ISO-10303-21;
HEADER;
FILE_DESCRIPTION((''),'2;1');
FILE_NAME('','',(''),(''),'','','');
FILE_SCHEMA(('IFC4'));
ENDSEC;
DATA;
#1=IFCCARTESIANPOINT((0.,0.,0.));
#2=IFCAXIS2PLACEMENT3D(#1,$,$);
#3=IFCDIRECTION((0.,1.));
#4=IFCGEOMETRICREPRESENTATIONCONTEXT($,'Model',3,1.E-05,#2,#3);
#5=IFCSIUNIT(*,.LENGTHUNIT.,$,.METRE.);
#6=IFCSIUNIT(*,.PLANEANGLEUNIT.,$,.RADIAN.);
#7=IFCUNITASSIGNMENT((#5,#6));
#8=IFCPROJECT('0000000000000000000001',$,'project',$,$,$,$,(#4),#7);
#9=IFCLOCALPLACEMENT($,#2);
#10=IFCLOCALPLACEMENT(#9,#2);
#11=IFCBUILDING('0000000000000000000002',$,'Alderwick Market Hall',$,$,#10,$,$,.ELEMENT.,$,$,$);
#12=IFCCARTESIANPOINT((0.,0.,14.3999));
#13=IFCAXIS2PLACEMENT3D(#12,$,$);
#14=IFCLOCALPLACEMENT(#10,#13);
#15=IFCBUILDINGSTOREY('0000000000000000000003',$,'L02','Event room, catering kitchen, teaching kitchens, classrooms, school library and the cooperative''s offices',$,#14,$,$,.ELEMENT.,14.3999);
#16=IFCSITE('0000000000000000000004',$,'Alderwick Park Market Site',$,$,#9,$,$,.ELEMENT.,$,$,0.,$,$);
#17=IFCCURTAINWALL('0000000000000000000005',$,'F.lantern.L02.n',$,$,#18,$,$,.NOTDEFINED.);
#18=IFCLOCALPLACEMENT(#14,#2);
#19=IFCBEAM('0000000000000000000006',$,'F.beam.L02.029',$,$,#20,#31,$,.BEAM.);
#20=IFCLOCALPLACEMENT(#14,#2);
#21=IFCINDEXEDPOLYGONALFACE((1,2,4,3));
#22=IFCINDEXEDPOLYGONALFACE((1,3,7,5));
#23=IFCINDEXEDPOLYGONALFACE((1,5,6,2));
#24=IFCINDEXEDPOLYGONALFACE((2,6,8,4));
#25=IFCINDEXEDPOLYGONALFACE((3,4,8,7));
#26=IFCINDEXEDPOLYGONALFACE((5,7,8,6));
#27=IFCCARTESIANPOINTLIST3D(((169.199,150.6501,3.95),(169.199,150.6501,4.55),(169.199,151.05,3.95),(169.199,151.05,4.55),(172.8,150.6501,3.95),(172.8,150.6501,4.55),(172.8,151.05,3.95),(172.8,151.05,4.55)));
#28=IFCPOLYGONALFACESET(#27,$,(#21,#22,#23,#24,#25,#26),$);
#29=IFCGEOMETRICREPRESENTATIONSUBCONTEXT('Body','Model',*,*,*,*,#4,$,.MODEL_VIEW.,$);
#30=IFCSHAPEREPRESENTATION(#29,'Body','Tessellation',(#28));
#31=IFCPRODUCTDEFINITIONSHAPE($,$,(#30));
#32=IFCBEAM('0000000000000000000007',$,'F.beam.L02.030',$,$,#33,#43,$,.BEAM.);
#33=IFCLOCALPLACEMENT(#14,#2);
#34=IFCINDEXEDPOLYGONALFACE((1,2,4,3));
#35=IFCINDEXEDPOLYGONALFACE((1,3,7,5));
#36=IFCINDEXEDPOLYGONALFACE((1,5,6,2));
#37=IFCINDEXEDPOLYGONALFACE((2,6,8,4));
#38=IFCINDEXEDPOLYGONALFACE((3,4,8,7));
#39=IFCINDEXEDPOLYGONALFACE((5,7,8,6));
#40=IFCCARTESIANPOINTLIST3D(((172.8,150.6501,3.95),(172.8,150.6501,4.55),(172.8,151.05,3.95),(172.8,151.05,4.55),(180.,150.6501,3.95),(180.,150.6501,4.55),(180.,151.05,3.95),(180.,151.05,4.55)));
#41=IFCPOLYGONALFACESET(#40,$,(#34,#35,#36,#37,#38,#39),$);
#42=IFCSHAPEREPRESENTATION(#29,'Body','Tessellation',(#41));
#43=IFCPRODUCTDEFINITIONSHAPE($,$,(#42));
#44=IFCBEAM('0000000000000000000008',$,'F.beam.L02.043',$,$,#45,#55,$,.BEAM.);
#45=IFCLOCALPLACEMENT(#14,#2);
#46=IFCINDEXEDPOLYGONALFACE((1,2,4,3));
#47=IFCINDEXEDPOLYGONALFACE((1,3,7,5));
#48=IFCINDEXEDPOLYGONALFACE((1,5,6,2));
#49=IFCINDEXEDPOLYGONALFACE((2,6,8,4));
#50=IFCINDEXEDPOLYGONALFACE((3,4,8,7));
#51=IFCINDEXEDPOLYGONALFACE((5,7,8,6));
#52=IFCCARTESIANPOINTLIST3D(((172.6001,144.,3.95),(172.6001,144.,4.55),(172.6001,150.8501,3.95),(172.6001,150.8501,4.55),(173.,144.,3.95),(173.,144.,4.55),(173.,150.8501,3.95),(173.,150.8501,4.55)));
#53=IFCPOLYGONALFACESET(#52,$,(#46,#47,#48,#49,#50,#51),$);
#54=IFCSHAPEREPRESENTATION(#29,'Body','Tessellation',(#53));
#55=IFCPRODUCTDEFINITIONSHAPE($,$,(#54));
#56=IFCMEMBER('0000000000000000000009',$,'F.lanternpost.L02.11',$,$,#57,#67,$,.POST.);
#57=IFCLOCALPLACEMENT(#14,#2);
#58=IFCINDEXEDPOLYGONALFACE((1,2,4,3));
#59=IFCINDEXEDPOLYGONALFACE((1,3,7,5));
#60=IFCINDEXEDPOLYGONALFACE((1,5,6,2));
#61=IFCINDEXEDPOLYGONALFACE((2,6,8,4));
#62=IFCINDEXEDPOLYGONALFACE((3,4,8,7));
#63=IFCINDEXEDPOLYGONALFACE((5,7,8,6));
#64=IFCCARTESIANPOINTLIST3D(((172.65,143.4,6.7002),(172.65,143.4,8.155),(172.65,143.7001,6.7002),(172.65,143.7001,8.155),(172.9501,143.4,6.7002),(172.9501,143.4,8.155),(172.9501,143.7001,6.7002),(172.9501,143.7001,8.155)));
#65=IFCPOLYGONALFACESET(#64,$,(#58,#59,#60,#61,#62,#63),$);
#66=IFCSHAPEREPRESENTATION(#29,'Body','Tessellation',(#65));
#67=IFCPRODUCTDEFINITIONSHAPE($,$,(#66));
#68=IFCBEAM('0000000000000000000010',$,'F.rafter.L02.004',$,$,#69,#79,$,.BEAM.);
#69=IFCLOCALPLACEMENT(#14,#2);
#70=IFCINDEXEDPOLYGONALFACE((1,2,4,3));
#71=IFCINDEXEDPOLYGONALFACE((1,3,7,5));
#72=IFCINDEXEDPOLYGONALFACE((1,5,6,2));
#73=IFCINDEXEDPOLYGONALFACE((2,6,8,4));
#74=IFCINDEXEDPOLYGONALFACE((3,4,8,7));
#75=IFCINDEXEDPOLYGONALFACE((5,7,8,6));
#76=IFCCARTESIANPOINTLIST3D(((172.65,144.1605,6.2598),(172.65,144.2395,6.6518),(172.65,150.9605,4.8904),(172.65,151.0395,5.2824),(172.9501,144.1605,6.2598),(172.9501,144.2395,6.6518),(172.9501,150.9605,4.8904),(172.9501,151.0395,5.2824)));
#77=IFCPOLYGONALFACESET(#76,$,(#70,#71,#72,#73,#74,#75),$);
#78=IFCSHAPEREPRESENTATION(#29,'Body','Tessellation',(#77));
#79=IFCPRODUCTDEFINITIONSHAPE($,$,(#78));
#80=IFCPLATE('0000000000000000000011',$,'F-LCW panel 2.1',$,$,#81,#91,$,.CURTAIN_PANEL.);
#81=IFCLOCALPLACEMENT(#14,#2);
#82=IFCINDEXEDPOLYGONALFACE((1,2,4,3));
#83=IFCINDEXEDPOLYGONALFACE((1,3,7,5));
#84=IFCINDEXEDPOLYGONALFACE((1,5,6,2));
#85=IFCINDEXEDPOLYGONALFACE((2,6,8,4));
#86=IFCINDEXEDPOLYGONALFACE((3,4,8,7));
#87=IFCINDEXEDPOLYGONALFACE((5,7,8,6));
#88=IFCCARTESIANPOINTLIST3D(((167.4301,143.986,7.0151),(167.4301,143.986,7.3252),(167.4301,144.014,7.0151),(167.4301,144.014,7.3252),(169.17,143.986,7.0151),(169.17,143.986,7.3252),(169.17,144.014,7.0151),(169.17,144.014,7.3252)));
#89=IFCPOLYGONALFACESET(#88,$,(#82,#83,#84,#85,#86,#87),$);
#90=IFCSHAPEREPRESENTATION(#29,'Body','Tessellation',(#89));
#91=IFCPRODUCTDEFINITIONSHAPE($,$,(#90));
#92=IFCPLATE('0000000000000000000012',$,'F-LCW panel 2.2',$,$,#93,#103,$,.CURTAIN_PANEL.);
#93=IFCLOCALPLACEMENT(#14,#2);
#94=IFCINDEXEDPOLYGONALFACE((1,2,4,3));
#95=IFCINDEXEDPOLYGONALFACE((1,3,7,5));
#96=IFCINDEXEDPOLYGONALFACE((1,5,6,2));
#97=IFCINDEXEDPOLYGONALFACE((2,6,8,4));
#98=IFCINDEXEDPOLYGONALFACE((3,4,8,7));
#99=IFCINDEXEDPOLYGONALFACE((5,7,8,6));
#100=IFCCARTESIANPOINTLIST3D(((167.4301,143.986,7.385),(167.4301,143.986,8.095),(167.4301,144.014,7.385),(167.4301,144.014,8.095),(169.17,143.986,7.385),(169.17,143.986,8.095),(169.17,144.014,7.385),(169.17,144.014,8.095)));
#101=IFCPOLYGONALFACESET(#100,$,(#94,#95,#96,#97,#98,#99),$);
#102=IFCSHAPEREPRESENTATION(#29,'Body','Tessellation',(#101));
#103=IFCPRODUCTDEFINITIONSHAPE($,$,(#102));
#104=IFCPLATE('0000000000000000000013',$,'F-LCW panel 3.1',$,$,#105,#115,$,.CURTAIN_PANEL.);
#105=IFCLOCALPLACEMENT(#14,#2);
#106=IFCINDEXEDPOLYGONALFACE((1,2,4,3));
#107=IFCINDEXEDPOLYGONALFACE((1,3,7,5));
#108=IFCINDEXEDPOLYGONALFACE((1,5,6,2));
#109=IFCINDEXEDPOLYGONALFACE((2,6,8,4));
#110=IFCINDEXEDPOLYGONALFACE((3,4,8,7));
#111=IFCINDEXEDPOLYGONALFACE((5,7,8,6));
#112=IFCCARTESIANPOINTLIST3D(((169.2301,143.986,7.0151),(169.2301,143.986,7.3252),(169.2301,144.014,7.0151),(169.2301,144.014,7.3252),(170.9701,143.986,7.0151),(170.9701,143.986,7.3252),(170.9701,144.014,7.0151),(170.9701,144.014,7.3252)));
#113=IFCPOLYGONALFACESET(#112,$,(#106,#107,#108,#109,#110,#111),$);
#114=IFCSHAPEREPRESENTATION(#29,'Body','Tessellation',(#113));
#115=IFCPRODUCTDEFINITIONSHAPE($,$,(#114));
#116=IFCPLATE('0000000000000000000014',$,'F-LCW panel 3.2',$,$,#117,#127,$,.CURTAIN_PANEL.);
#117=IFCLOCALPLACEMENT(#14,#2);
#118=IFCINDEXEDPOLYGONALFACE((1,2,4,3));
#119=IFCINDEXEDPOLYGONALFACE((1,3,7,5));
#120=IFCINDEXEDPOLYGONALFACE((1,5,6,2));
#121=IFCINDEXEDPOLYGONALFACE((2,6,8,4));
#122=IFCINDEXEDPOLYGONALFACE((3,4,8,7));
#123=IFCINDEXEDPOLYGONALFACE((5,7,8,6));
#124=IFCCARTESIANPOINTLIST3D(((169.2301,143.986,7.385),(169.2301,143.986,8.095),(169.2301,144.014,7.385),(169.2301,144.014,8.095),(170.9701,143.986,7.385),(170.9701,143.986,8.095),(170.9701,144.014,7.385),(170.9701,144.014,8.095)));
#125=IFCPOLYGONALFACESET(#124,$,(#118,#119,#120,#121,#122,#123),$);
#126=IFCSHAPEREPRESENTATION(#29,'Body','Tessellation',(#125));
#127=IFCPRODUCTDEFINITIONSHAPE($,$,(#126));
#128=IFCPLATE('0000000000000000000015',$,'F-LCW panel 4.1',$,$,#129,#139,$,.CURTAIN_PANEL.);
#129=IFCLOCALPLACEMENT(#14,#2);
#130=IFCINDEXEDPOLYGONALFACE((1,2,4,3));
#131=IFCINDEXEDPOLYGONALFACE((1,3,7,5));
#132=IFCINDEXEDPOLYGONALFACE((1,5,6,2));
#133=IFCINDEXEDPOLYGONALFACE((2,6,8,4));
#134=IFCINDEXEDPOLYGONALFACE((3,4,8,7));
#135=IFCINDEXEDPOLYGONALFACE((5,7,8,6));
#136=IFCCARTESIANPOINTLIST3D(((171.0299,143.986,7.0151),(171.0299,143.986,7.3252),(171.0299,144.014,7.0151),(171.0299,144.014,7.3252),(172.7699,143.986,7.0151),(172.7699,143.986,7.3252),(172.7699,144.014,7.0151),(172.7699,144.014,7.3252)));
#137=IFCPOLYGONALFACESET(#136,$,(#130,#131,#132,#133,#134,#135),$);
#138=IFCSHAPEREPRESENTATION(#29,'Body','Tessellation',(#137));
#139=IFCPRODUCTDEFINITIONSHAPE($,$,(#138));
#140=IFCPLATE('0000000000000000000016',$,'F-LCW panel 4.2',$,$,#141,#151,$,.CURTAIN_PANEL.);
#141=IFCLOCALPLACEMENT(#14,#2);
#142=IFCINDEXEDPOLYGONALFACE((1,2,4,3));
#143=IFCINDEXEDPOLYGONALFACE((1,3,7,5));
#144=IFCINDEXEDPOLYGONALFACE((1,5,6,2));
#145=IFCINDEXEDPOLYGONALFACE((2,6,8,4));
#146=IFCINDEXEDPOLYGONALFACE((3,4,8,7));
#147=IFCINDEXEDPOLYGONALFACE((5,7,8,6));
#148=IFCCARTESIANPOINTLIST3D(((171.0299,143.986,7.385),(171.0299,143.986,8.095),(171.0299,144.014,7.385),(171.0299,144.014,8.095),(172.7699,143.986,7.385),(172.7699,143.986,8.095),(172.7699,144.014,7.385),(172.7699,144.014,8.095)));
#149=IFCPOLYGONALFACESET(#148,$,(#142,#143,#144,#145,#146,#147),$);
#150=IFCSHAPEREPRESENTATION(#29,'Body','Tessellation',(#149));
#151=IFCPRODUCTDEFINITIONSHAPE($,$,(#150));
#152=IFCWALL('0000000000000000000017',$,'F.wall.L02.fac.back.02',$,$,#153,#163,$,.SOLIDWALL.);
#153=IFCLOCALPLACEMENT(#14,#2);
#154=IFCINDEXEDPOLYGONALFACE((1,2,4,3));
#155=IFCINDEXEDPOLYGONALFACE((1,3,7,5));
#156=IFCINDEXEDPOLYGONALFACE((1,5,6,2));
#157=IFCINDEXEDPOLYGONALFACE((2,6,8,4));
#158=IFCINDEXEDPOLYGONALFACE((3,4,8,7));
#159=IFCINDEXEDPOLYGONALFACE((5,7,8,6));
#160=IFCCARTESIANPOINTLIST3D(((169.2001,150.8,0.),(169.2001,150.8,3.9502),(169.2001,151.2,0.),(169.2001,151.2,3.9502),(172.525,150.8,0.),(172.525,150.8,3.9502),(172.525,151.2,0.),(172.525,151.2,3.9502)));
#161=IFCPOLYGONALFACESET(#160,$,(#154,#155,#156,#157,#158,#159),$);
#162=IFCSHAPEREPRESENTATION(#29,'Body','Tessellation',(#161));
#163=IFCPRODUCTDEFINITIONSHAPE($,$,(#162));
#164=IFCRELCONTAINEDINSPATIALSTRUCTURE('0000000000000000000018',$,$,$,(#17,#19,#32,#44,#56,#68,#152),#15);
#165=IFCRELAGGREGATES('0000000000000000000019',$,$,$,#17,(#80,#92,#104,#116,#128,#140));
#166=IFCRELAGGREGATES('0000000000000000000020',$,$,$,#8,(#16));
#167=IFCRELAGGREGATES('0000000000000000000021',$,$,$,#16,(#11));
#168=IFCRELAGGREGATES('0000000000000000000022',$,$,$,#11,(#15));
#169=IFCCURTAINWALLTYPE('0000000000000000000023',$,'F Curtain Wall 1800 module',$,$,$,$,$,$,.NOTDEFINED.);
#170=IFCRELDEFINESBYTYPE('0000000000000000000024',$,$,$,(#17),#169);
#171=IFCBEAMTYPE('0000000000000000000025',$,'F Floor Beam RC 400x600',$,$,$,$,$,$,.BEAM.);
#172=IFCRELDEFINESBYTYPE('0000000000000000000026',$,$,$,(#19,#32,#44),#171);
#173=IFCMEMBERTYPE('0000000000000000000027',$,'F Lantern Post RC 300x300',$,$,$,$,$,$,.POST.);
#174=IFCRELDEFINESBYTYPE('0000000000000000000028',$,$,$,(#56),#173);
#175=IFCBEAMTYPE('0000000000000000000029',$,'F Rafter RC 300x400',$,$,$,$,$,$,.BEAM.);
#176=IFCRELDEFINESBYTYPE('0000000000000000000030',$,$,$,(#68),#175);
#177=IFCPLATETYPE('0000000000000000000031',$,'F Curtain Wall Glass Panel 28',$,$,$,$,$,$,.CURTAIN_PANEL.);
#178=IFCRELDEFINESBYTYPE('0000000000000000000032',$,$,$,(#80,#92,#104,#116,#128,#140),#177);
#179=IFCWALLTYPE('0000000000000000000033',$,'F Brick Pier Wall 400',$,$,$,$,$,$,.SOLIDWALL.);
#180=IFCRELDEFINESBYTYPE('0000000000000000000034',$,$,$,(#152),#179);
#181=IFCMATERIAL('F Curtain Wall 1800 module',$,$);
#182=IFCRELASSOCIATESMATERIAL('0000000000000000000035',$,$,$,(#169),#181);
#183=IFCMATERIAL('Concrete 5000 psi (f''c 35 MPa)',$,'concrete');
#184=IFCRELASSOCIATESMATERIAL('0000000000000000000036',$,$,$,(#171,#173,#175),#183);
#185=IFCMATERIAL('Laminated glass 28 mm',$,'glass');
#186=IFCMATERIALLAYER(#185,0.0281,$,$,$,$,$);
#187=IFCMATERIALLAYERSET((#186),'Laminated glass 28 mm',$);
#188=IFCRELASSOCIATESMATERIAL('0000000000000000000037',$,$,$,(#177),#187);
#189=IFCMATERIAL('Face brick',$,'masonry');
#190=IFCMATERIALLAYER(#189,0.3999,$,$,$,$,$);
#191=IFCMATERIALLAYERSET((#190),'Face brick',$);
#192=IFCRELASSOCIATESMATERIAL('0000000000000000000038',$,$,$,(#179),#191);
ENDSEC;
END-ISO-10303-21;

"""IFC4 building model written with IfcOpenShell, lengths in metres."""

from ifc_helpers import new_model, si_unit, direction, frame, frame_2d, origin, origin_2d, place, context, subcontext, project, spatial, rectangle, extrude, material, layer, layer_set, material_profile, profile_set, type_object, element, aggregate, save


model = new_model("IFC4")

# Units and contexts
model_context = context("Model", 3, precision=1e-05, world=origin(), true_north=direction((0.0, 1.0)))
body_context = subcontext(model_context, "Body", "Model", "MODEL_VIEW")
ifc_project = project(units=[si_unit("LENGTHUNIT", "METRE"), si_unit("PLANEANGLEUNIT", "RADIAN")], contexts=[model_context])

# Site, building, storey
site_placement = place(None, origin())
site = spatial("IfcSite", under=ifc_project, at=site_placement, Name="Alderwick Park Market Site", CompositionType="ELEMENT", RefElevation=0.0)
building_placement = place(site_placement, origin())
building = spatial("IfcBuilding", under=site, at=building_placement, Name="Alderwick Market Hall", CompositionType="ELEMENT")
storey_placement = place(building_placement, frame((0.0, 0.0, 14.3999)))
storey = spatial("IfcBuildingStorey", under=building, at=storey_placement, Name="L02", Description="Event room, catering kitchen, teaching kitchens, classrooms, school library and the cooperative's offices", CompositionType="ELEMENT", Elevation=14.3999)

# Shared definitions
ifc_material_1 = material(Name="Concrete 5000 psi (f'c 35 MPa)", Category="concrete")

# Curtain wall
ifc_material_2 = material(Name="F Curtain Wall 1800 module")
curtain_wall_type = type_object("IfcCurtainWallType", Name="F Curtain Wall 1800 module", PredefinedType="NOTDEFINED", material=ifc_material_2)
curtain_wall_placement = place(storey_placement, origin())
curtain_wall = element("IfcCurtainWall", 1, at=curtain_wall_placement, inside=storey, type_object=curtain_wall_type, Name="F.lantern.L02.n", PredefinedType="NOTDEFINED")

# Beams
ifc_material_profile_1 = material_profile(ifc_material_1, rectangle(XDim=0.3999, YDim=0.6001, at=origin_2d()), Name="RC 400x600")
ifc_profile_set_1 = profile_set([ifc_material_profile_1], Name="Concrete 5000 psi (f'c 35 MPa)")
beam_type_1 = type_object("IfcBeamType", Name="F Floor Beam RC 400x600", PredefinedType="BEAM", material=ifc_profile_set_1)
beam_1_placement = place(storey_placement, frame((169.199, 150.8501, 4.25), z_axis=(1.0, 0.0, 0.0), x_axis=(0.0, 1.0, 0.0)))
element("IfcBeam", 2, at=beam_1_placement, inside=storey, type_object=beam_type_1, Name="F.beam.L02.029", PredefinedType="BEAM", context=body_context, shape_type="SweptSolid", body=[
    extrude(rectangle(XDim=0.3999, YDim=0.6001, at=origin_2d()), origin(), (0.0, 0.0, 1.0), 3.6011),
])
beam_2_placement = place(storey_placement, frame((172.8, 150.8501, 4.25), z_axis=(1.0, 0.0, 0.0), x_axis=(0.0, 1.0, 0.0)))
element("IfcBeam", 3, at=beam_2_placement, inside=storey, type_object=beam_type_1, Name="F.beam.L02.030", PredefinedType="BEAM", context=body_context, shape_type="SweptSolid", body=[
    extrude(rectangle(XDim=0.3999, YDim=0.6001, at=origin_2d()), origin(), (0.0, 0.0, 1.0), 7.2),
])
beam_3_placement = place(storey_placement, frame((172.8, 144.0, 4.25), z_axis=(0.0, 1.0, 0.0), x_axis=(-1.0, 0.0, 0.0)))
element("IfcBeam", 4, at=beam_3_placement, inside=storey, type_object=beam_type_1, Name="F.beam.L02.043", PredefinedType="BEAM", context=body_context, shape_type="SweptSolid", body=[
    extrude(rectangle(XDim=0.3999, YDim=0.6001, at=origin_2d()), origin(), (0.0, 0.0, 1.0), 6.8501),
])

# Member
ifc_material_profile_2 = material_profile(ifc_material_1, rectangle(XDim=0.3, YDim=0.3, at=origin_2d()), Name="RC 300x300")
ifc_profile_set_2 = profile_set([ifc_material_profile_2], Name="Concrete 5000 psi (f'c 35 MPa)")
member_type_1 = type_object("IfcMemberType", Name="F Lantern Post RC 300x300", PredefinedType="POST", material=ifc_profile_set_2)
member_1_placement = place(storey_placement, frame((172.8, 143.55, 6.7002), z_axis=(0.0, 0.0, 1.0), x_axis=(1.0, 0.0, 0.0)))
element("IfcMember", 5, at=member_1_placement, inside=storey, type_object=member_type_1, Name="F.lanternpost.L02.11", PredefinedType="POST", context=body_context, shape_type="SweptSolid", body=[
    extrude(rectangle(XDim=0.3, YDim=0.3, at=origin_2d()), origin(), (0.0, 0.0, 1.0), 1.4548),
])

# Beam
ifc_material_profile_3 = material_profile(ifc_material_1, rectangle(XDim=0.3, YDim=0.3999, at=origin_2d()), Name="RC 300x400")
ifc_profile_set_3 = profile_set([ifc_material_profile_3], Name="Concrete 5000 psi (f'c 35 MPa)")
beam_type_2 = type_object("IfcBeamType", Name="F Rafter RC 300x400", PredefinedType="BEAM", material=ifc_profile_set_3)
beam_4_placement = place(storey_placement, frame((172.8, 151.0, 5.0864), z_axis=(0.0, -0.98032, 0.197416), x_axis=(1.0, 0.0, 0.0)))
element("IfcBeam", 6, at=beam_4_placement, inside=storey, type_object=beam_type_2, Name="F.rafter.L02.004", PredefinedType="BEAM", context=body_context, shape_type="SweptSolid", body=[
    extrude(rectangle(XDim=0.3, YDim=0.3999, at=origin_2d()), origin(), (0.0, 0.0, 1.0), 6.9365),
])

# Plates
ifc_material_3 = material(Name="Laminated glass 28 mm", Category="glass")
ifc_layer_1 = layer(ifc_material_3, 0.0281)
ifc_layer_set_1 = layer_set([ifc_layer_1], Name="Laminated glass 28 mm")
plate_type = type_object("IfcPlateType", Name="F Curtain Wall Glass Panel 28", PredefinedType="CURTAIN_PANEL", material=ifc_layer_set_1)
plate_1_placement = place(storey_placement, frame((168.3, 144.0, 7.0151), z_axis=(0.0, 0.0, 1.0), x_axis=(1.0, 0.0, 0.0)))
plate_1 = element("IfcPlate", 7, at=plate_1_placement, type_object=plate_type, Name="F-LCW panel 2.1", PredefinedType="CURTAIN_PANEL", context=body_context, shape_type="SweptSolid", body=[
    extrude(rectangle(XDim=1.74, YDim=0.0281, at=origin_2d()), origin(), (0.0, 0.0, 1.0), 0.3101),
])
plate_2_placement = place(storey_placement, frame((168.3, 144.0, 7.385), z_axis=(0.0, 0.0, 1.0), x_axis=(1.0, 0.0, 0.0)))
plate_2 = element("IfcPlate", 8, at=plate_2_placement, type_object=plate_type, Name="F-LCW panel 2.2", PredefinedType="CURTAIN_PANEL", context=body_context, shape_type="SweptSolid", body=[
    extrude(rectangle(XDim=1.74, YDim=0.0281, at=origin_2d()), origin(), (0.0, 0.0, 1.0), 0.71),
])
plate_3_placement = place(storey_placement, frame((170.1001, 144.0, 7.0151), z_axis=(0.0, 0.0, 1.0), x_axis=(1.0, 0.0, 0.0)))
plate_3 = element("IfcPlate", 9, at=plate_3_placement, type_object=plate_type, Name="F-LCW panel 3.1", PredefinedType="CURTAIN_PANEL", context=body_context, shape_type="SweptSolid", body=[
    extrude(rectangle(XDim=1.74, YDim=0.0281, at=origin_2d()), origin(), (0.0, 0.0, 1.0), 0.3101),
])
plate_4_placement = place(storey_placement, frame((170.1001, 144.0, 7.385), z_axis=(0.0, 0.0, 1.0), x_axis=(1.0, 0.0, 0.0)))
plate_4 = element("IfcPlate", 10, at=plate_4_placement, type_object=plate_type, Name="F-LCW panel 3.2", PredefinedType="CURTAIN_PANEL", context=body_context, shape_type="SweptSolid", body=[
    extrude(rectangle(XDim=1.74, YDim=0.0281, at=origin_2d()), origin(), (0.0, 0.0, 1.0), 0.71),
])
plate_5_placement = place(storey_placement, frame((171.8999, 144.0, 7.0151), z_axis=(0.0, 0.0, 1.0), x_axis=(1.0, 0.0, 0.0)))
plate_5 = element("IfcPlate", 11, at=plate_5_placement, type_object=plate_type, Name="F-LCW panel 4.1", PredefinedType="CURTAIN_PANEL", context=body_context, shape_type="SweptSolid", body=[
    extrude(rectangle(XDim=1.74, YDim=0.0281, at=origin_2d()), origin(), (0.0, 0.0, 1.0), 0.3101),
])
plate_6_placement = place(storey_placement, frame((171.8999, 144.0, 7.385), z_axis=(0.0, 0.0, 1.0), x_axis=(1.0, 0.0, 0.0)))
plate_6 = element("IfcPlate", 12, at=plate_6_placement, type_object=plate_type, Name="F-LCW panel 4.2", PredefinedType="CURTAIN_PANEL", context=body_context, shape_type="SweptSolid", body=[
    extrude(rectangle(XDim=1.74, YDim=0.0281, at=origin_2d()), origin(), (0.0, 0.0, 1.0), 0.71),
])
aggregate(curtain_wall, [plate_1, plate_2, plate_3, plate_4, plate_5, plate_6])

# Wall
ifc_material_4 = material(Name="Face brick", Category="masonry")
ifc_layer_2 = layer(ifc_material_4, 0.3999)
ifc_layer_set_2 = layer_set([ifc_layer_2], Name="Face brick")
wall_type = type_object("IfcWallType", Name="F Brick Pier Wall 400", PredefinedType="SOLIDWALL", material=ifc_layer_set_2)
wall_placement = place(storey_placement, frame((169.2, 151.0, 0.0), z_axis=(0.0, 0.0, 1.0), x_axis=(1.0, 0.0, 0.0)))
element("IfcWall", 13, at=wall_placement, inside=storey, type_object=wall_type, Name="F.wall.L02.fac.back.02", PredefinedType="SOLIDWALL", context=body_context, shape_type="SweptSolid", body=[
    extrude(rectangle(XDim=3.325, YDim=0.3999, at=frame_2d((1.6626, 0.0))), origin(), (0.0, 0.0, 1.0), 3.9502),
])

save(model, "model.ifc")
